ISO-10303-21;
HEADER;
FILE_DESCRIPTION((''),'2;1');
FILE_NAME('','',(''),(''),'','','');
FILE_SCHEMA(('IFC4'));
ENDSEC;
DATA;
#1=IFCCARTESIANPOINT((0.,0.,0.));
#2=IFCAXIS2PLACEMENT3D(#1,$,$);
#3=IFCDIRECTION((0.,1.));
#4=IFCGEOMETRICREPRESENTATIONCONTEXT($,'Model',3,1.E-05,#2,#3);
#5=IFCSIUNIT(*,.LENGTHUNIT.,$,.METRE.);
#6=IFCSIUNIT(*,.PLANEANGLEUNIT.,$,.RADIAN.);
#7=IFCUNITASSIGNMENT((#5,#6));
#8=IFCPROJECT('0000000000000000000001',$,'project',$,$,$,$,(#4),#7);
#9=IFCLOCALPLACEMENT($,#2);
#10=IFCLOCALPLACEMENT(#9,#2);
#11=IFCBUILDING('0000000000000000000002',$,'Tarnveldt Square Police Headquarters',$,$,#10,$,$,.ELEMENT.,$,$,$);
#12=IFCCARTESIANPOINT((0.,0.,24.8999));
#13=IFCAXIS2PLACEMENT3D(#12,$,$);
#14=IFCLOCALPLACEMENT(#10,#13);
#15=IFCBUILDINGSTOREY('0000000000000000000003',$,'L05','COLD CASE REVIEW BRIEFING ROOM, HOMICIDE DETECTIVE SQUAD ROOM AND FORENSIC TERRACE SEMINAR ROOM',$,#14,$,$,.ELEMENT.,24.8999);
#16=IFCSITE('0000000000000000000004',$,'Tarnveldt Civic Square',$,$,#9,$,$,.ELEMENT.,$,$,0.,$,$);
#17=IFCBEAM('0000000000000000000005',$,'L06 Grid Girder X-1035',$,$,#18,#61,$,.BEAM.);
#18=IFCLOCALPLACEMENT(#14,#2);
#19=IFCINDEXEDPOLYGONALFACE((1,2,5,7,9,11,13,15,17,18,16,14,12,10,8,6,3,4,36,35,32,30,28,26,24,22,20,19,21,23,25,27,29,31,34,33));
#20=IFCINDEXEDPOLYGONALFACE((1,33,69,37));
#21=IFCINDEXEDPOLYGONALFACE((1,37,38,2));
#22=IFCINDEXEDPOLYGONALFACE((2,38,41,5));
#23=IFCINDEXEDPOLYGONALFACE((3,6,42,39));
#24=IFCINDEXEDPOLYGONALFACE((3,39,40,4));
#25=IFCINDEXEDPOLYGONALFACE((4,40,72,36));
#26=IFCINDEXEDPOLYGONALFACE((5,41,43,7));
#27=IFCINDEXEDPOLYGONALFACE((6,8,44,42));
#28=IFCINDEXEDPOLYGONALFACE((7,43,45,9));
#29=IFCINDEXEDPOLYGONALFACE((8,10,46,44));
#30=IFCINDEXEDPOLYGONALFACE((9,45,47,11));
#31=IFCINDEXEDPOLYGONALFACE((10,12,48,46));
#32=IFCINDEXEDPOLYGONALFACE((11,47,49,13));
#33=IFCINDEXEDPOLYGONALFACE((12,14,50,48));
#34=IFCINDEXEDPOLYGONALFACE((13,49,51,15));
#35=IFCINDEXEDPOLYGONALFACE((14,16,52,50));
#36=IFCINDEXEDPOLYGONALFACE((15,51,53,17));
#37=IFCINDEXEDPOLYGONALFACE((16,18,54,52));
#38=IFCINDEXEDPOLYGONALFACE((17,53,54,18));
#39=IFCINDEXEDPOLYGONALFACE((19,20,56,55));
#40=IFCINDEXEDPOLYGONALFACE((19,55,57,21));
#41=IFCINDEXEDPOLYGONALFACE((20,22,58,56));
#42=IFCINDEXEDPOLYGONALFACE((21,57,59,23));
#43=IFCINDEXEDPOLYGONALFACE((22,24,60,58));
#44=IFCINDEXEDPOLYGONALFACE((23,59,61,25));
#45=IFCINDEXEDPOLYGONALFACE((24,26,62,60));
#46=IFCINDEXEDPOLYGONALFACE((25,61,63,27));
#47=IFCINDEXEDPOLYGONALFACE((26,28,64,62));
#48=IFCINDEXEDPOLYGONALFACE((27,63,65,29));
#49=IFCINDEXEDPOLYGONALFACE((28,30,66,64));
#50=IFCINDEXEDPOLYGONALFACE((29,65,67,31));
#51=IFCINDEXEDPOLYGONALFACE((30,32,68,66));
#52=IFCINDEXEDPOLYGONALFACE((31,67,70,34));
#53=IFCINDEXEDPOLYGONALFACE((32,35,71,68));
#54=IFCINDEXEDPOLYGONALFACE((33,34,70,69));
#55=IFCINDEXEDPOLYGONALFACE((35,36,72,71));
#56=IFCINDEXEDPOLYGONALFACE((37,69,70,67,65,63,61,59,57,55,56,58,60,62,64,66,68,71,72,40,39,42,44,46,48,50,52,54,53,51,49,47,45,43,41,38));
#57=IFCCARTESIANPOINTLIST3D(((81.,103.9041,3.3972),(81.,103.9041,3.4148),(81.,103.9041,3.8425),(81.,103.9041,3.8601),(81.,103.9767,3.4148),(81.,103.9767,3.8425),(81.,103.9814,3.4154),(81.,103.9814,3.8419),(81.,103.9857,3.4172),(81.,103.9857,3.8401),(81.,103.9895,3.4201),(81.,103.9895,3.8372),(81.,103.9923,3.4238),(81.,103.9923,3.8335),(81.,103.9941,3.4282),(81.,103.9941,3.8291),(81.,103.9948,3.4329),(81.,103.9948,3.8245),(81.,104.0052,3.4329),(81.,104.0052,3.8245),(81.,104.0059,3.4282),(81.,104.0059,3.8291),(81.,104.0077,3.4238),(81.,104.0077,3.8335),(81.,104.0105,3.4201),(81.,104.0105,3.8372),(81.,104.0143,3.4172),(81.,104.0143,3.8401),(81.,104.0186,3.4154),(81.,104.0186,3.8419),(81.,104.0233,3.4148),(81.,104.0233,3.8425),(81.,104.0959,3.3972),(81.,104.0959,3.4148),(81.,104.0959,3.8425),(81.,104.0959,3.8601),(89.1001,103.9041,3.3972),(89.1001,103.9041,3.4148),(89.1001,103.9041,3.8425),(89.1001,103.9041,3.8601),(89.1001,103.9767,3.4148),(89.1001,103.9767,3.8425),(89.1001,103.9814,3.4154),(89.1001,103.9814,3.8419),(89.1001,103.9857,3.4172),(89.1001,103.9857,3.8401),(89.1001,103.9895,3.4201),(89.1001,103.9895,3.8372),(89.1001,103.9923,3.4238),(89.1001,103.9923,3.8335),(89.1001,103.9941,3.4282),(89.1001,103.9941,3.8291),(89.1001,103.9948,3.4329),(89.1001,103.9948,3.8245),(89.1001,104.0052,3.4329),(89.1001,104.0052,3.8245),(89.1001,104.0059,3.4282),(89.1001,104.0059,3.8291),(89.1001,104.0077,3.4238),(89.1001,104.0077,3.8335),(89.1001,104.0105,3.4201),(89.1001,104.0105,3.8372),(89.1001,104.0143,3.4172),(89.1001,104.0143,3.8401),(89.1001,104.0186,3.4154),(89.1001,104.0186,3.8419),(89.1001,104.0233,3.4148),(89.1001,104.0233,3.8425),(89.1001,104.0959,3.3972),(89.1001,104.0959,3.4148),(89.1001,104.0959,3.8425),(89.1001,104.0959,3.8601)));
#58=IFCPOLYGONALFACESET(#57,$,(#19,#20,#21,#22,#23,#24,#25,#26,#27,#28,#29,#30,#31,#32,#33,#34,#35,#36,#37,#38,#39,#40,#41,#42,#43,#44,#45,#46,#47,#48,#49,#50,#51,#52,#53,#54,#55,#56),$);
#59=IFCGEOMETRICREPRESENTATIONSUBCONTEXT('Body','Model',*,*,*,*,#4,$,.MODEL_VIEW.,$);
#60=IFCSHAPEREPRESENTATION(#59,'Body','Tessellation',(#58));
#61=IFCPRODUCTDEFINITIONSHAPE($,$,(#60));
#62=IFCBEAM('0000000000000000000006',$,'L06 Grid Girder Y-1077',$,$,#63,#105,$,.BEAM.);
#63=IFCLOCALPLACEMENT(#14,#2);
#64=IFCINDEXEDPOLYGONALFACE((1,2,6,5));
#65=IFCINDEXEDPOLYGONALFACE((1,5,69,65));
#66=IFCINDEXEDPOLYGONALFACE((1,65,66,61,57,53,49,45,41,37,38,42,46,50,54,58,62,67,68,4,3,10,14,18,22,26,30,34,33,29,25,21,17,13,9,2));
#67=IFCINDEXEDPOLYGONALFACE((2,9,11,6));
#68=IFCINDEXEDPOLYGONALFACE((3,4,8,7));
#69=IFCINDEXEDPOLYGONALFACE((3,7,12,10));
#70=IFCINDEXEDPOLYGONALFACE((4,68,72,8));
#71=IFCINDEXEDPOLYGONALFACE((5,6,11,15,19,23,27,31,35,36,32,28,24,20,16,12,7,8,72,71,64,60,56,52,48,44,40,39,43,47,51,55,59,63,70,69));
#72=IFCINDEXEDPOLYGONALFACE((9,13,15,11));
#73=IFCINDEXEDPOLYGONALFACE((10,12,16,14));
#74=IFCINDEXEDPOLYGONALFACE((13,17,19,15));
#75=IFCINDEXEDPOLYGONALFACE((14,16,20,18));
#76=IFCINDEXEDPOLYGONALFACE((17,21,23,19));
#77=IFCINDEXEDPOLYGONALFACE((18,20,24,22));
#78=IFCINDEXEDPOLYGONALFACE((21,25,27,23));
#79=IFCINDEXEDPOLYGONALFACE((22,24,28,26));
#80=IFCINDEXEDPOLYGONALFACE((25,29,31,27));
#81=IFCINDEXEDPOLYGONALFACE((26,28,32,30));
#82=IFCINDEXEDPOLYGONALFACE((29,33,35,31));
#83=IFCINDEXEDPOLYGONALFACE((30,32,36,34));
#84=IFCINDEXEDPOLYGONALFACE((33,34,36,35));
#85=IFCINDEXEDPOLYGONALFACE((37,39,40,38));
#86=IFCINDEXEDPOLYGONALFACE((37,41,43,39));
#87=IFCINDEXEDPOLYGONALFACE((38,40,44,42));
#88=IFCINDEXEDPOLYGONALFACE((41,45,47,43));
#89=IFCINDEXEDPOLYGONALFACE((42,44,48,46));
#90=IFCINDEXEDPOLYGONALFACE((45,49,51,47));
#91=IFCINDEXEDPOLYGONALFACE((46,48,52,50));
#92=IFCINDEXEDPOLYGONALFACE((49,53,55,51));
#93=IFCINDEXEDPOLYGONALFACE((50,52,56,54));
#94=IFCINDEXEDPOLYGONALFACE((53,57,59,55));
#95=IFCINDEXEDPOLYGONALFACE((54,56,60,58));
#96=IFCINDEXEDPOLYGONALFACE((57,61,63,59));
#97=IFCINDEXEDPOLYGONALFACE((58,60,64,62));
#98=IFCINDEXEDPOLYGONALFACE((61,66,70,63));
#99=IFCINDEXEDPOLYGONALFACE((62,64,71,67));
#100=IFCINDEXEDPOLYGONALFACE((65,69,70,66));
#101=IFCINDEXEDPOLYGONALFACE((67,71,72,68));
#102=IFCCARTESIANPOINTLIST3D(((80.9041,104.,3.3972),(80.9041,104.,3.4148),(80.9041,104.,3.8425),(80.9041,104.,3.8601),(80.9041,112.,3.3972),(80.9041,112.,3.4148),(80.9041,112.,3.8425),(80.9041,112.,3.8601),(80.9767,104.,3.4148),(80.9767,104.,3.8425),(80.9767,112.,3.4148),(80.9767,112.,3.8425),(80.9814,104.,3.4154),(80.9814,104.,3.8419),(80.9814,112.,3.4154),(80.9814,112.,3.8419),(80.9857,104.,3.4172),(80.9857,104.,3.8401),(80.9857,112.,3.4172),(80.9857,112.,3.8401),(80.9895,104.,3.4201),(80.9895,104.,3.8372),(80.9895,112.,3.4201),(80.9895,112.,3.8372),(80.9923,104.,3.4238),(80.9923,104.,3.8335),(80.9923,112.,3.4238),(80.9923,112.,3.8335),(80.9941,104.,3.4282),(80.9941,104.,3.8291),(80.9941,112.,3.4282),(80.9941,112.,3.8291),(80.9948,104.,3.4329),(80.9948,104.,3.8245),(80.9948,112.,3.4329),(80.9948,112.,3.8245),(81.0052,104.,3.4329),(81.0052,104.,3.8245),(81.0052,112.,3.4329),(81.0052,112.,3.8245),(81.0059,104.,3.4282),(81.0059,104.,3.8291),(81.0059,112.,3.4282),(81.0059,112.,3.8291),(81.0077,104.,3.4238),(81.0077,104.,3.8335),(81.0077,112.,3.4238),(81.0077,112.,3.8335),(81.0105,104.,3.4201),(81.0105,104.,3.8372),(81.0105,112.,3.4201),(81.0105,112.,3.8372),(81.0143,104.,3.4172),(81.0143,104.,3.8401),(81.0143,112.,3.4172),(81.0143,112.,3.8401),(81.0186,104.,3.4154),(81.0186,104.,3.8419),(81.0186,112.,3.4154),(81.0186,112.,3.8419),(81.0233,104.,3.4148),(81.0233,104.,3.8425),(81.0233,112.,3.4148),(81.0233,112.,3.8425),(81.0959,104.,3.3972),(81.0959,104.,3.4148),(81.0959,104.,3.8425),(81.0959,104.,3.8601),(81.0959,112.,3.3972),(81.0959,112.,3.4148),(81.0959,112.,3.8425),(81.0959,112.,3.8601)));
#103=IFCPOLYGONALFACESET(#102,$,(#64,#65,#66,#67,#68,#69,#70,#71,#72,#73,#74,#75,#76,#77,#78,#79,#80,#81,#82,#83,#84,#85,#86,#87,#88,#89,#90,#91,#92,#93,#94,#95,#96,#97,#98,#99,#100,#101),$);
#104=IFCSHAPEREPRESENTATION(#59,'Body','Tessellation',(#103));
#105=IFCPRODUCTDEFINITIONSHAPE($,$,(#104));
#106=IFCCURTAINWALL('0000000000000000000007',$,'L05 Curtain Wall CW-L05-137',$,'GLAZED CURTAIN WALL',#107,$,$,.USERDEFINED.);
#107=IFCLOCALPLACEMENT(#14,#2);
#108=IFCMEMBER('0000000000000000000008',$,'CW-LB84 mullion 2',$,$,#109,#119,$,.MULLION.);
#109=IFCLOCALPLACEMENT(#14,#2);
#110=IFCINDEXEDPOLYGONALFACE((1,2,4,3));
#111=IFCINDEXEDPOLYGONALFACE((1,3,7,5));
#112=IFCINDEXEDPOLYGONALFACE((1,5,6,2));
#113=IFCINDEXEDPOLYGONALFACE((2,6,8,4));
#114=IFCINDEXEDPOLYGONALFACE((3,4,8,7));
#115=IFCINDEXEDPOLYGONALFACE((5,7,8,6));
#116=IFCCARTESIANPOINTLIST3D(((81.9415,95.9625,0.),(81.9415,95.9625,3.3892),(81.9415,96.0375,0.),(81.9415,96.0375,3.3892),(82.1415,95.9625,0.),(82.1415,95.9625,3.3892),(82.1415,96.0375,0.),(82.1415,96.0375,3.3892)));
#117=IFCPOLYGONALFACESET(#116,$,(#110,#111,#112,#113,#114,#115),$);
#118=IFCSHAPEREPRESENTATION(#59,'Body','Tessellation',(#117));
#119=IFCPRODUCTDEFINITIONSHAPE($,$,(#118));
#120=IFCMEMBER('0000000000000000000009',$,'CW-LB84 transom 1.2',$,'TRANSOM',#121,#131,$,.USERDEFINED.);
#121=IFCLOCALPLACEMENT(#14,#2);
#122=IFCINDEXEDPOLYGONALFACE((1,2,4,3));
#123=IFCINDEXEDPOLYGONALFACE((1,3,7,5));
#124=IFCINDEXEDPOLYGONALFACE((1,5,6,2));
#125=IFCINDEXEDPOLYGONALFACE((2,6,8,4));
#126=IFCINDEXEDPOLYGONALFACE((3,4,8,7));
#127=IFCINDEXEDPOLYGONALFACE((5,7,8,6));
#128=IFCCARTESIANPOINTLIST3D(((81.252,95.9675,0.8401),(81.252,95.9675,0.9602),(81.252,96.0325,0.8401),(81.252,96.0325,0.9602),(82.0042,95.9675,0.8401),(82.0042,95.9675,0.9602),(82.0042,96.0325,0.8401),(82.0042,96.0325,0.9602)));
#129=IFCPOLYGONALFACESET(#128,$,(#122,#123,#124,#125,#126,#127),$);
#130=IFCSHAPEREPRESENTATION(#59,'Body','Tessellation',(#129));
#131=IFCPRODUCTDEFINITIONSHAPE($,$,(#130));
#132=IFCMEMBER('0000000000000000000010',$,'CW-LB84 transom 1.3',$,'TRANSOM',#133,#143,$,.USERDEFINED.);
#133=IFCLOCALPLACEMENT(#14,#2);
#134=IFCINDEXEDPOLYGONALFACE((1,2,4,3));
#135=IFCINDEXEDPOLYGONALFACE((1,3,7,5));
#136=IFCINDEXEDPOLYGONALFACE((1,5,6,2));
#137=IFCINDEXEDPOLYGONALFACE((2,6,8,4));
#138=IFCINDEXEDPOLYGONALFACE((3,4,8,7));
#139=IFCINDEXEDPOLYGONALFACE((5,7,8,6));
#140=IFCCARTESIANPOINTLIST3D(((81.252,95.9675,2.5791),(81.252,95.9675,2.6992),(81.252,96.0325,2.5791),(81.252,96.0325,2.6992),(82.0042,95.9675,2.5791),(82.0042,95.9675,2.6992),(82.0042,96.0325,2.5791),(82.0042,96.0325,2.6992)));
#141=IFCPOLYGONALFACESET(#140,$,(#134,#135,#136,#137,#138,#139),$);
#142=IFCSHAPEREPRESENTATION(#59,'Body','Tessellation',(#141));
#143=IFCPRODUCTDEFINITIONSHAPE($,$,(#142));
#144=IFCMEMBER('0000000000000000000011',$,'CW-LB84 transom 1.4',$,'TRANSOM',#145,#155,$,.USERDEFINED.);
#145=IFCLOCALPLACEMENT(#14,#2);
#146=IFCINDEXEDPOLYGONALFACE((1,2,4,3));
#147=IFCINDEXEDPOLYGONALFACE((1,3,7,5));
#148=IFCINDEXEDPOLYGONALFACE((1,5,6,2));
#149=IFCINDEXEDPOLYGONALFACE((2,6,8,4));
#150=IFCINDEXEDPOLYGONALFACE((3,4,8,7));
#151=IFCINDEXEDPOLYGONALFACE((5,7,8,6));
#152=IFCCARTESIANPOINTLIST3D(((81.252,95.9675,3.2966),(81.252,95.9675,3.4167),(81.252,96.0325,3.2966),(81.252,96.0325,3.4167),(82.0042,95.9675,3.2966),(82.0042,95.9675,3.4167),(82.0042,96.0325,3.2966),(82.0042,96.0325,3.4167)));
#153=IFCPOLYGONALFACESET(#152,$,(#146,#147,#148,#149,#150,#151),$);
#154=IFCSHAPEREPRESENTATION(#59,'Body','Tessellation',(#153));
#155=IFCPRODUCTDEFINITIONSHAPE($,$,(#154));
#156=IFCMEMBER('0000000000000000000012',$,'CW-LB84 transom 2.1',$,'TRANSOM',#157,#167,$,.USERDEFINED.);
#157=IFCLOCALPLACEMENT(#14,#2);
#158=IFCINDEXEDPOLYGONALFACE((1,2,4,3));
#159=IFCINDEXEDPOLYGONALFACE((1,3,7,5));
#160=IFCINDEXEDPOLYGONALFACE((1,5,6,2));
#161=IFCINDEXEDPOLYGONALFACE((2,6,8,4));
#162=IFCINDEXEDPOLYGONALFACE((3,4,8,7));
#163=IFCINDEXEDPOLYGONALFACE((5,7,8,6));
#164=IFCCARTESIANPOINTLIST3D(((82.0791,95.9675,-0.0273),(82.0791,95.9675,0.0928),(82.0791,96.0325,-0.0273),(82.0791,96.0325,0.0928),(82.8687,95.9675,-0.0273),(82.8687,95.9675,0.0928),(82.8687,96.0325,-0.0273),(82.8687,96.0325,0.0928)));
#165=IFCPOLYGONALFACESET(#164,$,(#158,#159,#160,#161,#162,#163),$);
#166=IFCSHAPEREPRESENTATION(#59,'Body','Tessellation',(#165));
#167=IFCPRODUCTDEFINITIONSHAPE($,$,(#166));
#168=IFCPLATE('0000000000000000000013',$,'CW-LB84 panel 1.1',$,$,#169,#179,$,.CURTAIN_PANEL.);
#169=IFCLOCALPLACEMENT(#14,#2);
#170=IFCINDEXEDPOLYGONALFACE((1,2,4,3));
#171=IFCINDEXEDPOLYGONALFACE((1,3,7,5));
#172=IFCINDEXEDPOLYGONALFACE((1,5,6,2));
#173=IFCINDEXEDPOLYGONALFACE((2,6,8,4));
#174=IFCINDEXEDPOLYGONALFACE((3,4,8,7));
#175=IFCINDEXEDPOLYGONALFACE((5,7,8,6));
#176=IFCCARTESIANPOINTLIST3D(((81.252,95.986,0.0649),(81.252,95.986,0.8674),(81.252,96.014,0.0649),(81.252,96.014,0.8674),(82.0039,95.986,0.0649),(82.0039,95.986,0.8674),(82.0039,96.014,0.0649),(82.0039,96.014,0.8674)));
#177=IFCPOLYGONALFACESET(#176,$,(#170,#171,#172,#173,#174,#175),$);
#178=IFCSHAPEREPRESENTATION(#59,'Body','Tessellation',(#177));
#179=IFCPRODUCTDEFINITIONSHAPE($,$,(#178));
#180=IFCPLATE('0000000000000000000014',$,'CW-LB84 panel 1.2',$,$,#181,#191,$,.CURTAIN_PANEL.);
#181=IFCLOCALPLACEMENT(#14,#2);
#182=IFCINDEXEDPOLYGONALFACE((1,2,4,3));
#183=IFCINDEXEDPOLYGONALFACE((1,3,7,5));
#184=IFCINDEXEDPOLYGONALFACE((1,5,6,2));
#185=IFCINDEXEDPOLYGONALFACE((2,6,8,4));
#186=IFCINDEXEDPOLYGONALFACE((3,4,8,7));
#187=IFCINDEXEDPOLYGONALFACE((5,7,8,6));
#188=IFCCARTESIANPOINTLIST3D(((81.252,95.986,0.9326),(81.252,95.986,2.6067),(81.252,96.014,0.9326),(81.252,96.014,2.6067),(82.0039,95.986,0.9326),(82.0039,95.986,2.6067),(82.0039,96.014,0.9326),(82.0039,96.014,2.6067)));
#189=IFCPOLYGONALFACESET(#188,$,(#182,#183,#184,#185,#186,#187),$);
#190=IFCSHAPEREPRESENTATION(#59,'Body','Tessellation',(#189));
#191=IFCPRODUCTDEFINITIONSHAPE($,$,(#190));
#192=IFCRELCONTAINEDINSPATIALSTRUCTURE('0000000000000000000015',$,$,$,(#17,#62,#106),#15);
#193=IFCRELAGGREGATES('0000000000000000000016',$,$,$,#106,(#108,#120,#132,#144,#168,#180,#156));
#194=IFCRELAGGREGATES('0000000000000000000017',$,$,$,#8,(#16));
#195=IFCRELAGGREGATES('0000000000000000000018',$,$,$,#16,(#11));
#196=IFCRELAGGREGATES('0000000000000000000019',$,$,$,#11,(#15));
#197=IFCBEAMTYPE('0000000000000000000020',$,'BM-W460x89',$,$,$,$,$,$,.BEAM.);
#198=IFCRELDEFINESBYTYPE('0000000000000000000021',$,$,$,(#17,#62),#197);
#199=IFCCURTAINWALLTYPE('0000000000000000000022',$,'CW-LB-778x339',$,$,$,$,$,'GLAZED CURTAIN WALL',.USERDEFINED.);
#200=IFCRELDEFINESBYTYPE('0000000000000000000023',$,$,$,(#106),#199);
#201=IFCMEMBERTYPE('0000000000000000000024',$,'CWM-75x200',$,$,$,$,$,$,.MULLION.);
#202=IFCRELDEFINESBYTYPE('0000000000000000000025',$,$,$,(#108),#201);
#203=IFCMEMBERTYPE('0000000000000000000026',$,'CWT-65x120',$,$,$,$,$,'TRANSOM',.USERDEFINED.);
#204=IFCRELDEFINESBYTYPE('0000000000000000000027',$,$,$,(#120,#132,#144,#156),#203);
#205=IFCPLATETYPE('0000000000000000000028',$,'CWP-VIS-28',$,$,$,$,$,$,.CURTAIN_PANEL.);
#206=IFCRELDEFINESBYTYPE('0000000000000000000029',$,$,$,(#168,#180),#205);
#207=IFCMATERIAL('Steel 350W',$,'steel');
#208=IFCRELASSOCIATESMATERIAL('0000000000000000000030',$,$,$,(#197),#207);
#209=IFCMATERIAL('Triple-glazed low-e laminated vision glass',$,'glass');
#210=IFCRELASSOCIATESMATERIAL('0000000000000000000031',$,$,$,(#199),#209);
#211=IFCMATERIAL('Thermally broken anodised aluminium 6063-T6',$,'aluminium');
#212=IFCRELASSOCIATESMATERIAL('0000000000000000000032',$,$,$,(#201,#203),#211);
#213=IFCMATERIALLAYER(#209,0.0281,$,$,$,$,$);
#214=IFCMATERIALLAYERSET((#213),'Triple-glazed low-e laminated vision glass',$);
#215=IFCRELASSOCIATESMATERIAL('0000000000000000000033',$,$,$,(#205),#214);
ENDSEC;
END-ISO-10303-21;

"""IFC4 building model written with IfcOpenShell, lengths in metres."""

from ifc_helpers import new_model, si_unit, direction, frame, origin, origin_2d, place, context, subcontext, project, spatial, rectangle, i_section, extrude, material, layer, layer_set, material_profile, profile_set, type_object, element, aggregate, save


model = new_model("IFC4")

# Units and contexts
model_context = context("Model", 3, precision=1e-05, world=origin(), true_north=direction((0.0, 1.0)))
body_context = subcontext(model_context, "Body", "Model", "MODEL_VIEW")
ifc_project = project(units=[si_unit("LENGTHUNIT", "METRE"), si_unit("PLANEANGLEUNIT", "RADIAN")], contexts=[model_context])

# Site, building, storey
site_placement = place(None, origin())
site = spatial("IfcSite", under=ifc_project, at=site_placement, Name="Tarnveldt Civic Square", CompositionType="ELEMENT", RefElevation=0.0)
building_placement = place(site_placement, origin())
building = spatial("IfcBuilding", under=site, at=building_placement, Name="Tarnveldt Square Police Headquarters", CompositionType="ELEMENT")
storey_placement = place(building_placement, frame((0.0, 0.0, 24.8999)))
storey = spatial("IfcBuildingStorey", under=building, at=storey_placement, Name="L05", Description="COLD CASE REVIEW BRIEFING ROOM, HOMICIDE DETECTIVE SQUAD ROOM AND FORENSIC TERRACE SEMINAR ROOM", CompositionType="ELEMENT", Elevation=24.8999)

# Beams
ifc_material_1 = material(Name="Steel 350W", Category="steel")
ifc_material_profile_1 = material_profile(ifc_material_1, i_section(OverallWidth=0.1919, OverallDepth=0.4629, WebThickness=0.0105, FlangeThickness=0.0176, FilletRadius=0.0181, at=origin_2d()), Name="W460x89")
ifc_profile_set_1 = profile_set([ifc_material_profile_1], Name="Steel 350W")
beam_type_1 = type_object("IfcBeamType", Name="BM-W460x89", PredefinedType="BEAM", material=ifc_profile_set_1)
beam_1_placement = place(storey_placement, frame((81.0, 104.0, 3.6287), z_axis=(1.0, 0.0, 0.0), x_axis=(0.0, 1.0, 0.0)))
element("IfcBeam", 1, at=beam_1_placement, inside=storey, type_object=beam_type_1, Name="L06 Grid Girder X-1035", PredefinedType="BEAM", context=body_context, shape_type="SweptSolid", body=[
    extrude(i_section(OverallWidth=0.1919, OverallDepth=0.4629, WebThickness=0.0105, FlangeThickness=0.0176, FilletRadius=0.0181, at=origin_2d()), origin(), (0.0, 0.0, 1.0), 8.1001),
])
beam_2_placement = place(storey_placement, frame((81.0, 104.0, 3.6287), z_axis=(0.0, 1.0, 0.0), x_axis=(-1.0, 0.0, 0.0)))
element("IfcBeam", 2, at=beam_2_placement, inside=storey, type_object=beam_type_1, Name="L06 Grid Girder Y-1077", PredefinedType="BEAM", context=body_context, shape_type="SweptSolid", body=[
    extrude(i_section(OverallWidth=0.1919, OverallDepth=0.4629, WebThickness=0.0105, FlangeThickness=0.0176, FilletRadius=0.0181, at=origin_2d()), origin(), (0.0, 0.0, 1.0), 8.0),
])

# Curtain wall, members, plates
ifc_material_2 = material(Name="Triple-glazed low-e laminated vision glass", Category="glass")
curtain_wall_type = type_object("IfcCurtainWallType", Name="CW-LB-778x339", ElementType="GLAZED CURTAIN WALL", PredefinedType="USERDEFINED", material=ifc_material_2)
curtain_wall_placement = place(storey_placement, origin())
curtain_wall = element("IfcCurtainWall", 3, at=curtain_wall_placement, inside=storey, type_object=curtain_wall_type, Name="L05 Curtain Wall CW-L05-137", ObjectType="GLAZED CURTAIN WALL", PredefinedType="USERDEFINED")
ifc_material_3 = material(Name="Thermally broken anodised aluminium 6063-T6", Category="aluminium")
ifc_material_profile_2 = material_profile(ifc_material_3, rectangle(XDim=0.075, YDim=0.2, at=origin_2d()), Name="CW-M75x200")
ifc_profile_set_2 = profile_set([ifc_material_profile_2], Name="Thermally broken anodised aluminium 6063-T6")
member_type_1 = type_object("IfcMemberType", Name="CWM-75x200", PredefinedType="MULLION", material=ifc_profile_set_2)
member_1_placement = place(storey_placement, frame((82.0415, 96.0, 0.0), z_axis=(0.0, 0.0, 1.0), x_axis=(0.0, 1.0, 0.0)))
member_1 = element("IfcMember", 4, at=member_1_placement, type_object=member_type_1, Name="CW-LB84 mullion 2", PredefinedType="MULLION", context=body_context, shape_type="SweptSolid", body=[
    extrude(rectangle(XDim=0.075, YDim=0.2, at=origin_2d()), origin(), (0.0, 0.0, 1.0), 3.3892),
])
ifc_material_profile_3 = material_profile(ifc_material_3, rectangle(XDim=0.0649, YDim=0.1201, at=origin_2d()), Name="CW-T65x120")
ifc_profile_set_3 = profile_set([ifc_material_profile_3], Name="Thermally broken anodised aluminium 6063-T6")
member_type_2 = type_object("IfcMemberType", Name="CWT-65x120", ElementType="TRANSOM", PredefinedType="USERDEFINED", material=ifc_profile_set_3)
member_2_placement = place(storey_placement, frame((81.252, 96.0, 0.9001), z_axis=(1.0, 0.0, 0.0), x_axis=(0.0, 1.0, 0.0)))
member_2 = element("IfcMember", 5, at=member_2_placement, type_object=member_type_2, Name="CW-LB84 transom 1.2", ObjectType="TRANSOM", PredefinedType="USERDEFINED", context=body_context, shape_type="SweptSolid", body=[
    extrude(rectangle(XDim=0.0649, YDim=0.1201, at=origin_2d()), origin(), (0.0, 0.0, 1.0), 0.7522),
])
member_3_placement = place(storey_placement, frame((81.252, 96.0, 2.6392), z_axis=(1.0, 0.0, 0.0), x_axis=(0.0, 1.0, 0.0)))
member_3 = element("IfcMember", 6, at=member_3_placement, type_object=member_type_2, Name="CW-LB84 transom 1.3", ObjectType="TRANSOM", PredefinedType="USERDEFINED", context=body_context, shape_type="SweptSolid", body=[
    extrude(rectangle(XDim=0.0649, YDim=0.1201, at=origin_2d()), origin(), (0.0, 0.0, 1.0), 0.7522),
])
member_4_placement = place(storey_placement, frame((81.252, 96.0, 3.3567), z_axis=(1.0, 0.0, 0.0), x_axis=(0.0, 1.0, 0.0)))
member_4 = element("IfcMember", 7, at=member_4_placement, type_object=member_type_2, Name="CW-LB84 transom 1.4", ObjectType="TRANSOM", PredefinedType="USERDEFINED", context=body_context, shape_type="SweptSolid", body=[
    extrude(rectangle(XDim=0.0649, YDim=0.1201, at=origin_2d()), origin(), (0.0, 0.0, 1.0), 0.7522),
])
member_5_placement = place(storey_placement, frame((82.0791, 96.0, 0.0327), z_axis=(1.0, 0.0, 0.0), x_axis=(0.0, 1.0, 0.0)))
member_5 = element("IfcMember", 8, at=member_5_placement, type_object=member_type_2, Name="CW-LB84 transom 2.1", ObjectType="TRANSOM", PredefinedType="USERDEFINED", context=body_context, shape_type="SweptSolid", body=[
    extrude(rectangle(XDim=0.0649, YDim=0.1201, at=origin_2d()), origin(), (0.0, 0.0, 1.0), 0.7896),
])
ifc_layer_1 = layer(ifc_material_2, 0.0281)
ifc_layer_set_1 = layer_set([ifc_layer_1], Name="Triple-glazed low-e laminated vision glass")
plate_type = type_object("IfcPlateType", Name="CWP-VIS-28", PredefinedType="CURTAIN_PANEL", material=ifc_layer_set_1)
plate_1_placement = place(storey_placement, frame((81.6279, 96.0, 0.0649), z_axis=(0.0, 0.0, 1.0), x_axis=(1.0, 0.0, 0.0)))
plate_1 = element("IfcPlate", 9, at=plate_1_placement, type_object=plate_type, Name="CW-LB84 panel 1.1", PredefinedType="CURTAIN_PANEL", context=body_context, shape_type="SweptSolid", body=[
    extrude(rectangle(XDim=0.752, YDim=0.0281, at=origin_2d()), origin(), (0.0, 0.0, 1.0), 0.8025),
])
plate_2_placement = place(storey_placement, frame((81.6279, 96.0, 0.9326), z_axis=(0.0, 0.0, 1.0), x_axis=(1.0, 0.0, 0.0)))
plate_2 = element("IfcPlate", 10, at=plate_2_placement, type_object=plate_type, Name="CW-LB84 panel 1.2", PredefinedType="CURTAIN_PANEL", context=body_context, shape_type="SweptSolid", body=[
    extrude(rectangle(XDim=0.752, YDim=0.0281, at=origin_2d()), origin(), (0.0, 0.0, 1.0), 1.6741),
])
aggregate(curtain_wall, [member_1, member_2, member_3, member_4, plate_1, plate_2, member_5])

save(model, "model.ifc")
